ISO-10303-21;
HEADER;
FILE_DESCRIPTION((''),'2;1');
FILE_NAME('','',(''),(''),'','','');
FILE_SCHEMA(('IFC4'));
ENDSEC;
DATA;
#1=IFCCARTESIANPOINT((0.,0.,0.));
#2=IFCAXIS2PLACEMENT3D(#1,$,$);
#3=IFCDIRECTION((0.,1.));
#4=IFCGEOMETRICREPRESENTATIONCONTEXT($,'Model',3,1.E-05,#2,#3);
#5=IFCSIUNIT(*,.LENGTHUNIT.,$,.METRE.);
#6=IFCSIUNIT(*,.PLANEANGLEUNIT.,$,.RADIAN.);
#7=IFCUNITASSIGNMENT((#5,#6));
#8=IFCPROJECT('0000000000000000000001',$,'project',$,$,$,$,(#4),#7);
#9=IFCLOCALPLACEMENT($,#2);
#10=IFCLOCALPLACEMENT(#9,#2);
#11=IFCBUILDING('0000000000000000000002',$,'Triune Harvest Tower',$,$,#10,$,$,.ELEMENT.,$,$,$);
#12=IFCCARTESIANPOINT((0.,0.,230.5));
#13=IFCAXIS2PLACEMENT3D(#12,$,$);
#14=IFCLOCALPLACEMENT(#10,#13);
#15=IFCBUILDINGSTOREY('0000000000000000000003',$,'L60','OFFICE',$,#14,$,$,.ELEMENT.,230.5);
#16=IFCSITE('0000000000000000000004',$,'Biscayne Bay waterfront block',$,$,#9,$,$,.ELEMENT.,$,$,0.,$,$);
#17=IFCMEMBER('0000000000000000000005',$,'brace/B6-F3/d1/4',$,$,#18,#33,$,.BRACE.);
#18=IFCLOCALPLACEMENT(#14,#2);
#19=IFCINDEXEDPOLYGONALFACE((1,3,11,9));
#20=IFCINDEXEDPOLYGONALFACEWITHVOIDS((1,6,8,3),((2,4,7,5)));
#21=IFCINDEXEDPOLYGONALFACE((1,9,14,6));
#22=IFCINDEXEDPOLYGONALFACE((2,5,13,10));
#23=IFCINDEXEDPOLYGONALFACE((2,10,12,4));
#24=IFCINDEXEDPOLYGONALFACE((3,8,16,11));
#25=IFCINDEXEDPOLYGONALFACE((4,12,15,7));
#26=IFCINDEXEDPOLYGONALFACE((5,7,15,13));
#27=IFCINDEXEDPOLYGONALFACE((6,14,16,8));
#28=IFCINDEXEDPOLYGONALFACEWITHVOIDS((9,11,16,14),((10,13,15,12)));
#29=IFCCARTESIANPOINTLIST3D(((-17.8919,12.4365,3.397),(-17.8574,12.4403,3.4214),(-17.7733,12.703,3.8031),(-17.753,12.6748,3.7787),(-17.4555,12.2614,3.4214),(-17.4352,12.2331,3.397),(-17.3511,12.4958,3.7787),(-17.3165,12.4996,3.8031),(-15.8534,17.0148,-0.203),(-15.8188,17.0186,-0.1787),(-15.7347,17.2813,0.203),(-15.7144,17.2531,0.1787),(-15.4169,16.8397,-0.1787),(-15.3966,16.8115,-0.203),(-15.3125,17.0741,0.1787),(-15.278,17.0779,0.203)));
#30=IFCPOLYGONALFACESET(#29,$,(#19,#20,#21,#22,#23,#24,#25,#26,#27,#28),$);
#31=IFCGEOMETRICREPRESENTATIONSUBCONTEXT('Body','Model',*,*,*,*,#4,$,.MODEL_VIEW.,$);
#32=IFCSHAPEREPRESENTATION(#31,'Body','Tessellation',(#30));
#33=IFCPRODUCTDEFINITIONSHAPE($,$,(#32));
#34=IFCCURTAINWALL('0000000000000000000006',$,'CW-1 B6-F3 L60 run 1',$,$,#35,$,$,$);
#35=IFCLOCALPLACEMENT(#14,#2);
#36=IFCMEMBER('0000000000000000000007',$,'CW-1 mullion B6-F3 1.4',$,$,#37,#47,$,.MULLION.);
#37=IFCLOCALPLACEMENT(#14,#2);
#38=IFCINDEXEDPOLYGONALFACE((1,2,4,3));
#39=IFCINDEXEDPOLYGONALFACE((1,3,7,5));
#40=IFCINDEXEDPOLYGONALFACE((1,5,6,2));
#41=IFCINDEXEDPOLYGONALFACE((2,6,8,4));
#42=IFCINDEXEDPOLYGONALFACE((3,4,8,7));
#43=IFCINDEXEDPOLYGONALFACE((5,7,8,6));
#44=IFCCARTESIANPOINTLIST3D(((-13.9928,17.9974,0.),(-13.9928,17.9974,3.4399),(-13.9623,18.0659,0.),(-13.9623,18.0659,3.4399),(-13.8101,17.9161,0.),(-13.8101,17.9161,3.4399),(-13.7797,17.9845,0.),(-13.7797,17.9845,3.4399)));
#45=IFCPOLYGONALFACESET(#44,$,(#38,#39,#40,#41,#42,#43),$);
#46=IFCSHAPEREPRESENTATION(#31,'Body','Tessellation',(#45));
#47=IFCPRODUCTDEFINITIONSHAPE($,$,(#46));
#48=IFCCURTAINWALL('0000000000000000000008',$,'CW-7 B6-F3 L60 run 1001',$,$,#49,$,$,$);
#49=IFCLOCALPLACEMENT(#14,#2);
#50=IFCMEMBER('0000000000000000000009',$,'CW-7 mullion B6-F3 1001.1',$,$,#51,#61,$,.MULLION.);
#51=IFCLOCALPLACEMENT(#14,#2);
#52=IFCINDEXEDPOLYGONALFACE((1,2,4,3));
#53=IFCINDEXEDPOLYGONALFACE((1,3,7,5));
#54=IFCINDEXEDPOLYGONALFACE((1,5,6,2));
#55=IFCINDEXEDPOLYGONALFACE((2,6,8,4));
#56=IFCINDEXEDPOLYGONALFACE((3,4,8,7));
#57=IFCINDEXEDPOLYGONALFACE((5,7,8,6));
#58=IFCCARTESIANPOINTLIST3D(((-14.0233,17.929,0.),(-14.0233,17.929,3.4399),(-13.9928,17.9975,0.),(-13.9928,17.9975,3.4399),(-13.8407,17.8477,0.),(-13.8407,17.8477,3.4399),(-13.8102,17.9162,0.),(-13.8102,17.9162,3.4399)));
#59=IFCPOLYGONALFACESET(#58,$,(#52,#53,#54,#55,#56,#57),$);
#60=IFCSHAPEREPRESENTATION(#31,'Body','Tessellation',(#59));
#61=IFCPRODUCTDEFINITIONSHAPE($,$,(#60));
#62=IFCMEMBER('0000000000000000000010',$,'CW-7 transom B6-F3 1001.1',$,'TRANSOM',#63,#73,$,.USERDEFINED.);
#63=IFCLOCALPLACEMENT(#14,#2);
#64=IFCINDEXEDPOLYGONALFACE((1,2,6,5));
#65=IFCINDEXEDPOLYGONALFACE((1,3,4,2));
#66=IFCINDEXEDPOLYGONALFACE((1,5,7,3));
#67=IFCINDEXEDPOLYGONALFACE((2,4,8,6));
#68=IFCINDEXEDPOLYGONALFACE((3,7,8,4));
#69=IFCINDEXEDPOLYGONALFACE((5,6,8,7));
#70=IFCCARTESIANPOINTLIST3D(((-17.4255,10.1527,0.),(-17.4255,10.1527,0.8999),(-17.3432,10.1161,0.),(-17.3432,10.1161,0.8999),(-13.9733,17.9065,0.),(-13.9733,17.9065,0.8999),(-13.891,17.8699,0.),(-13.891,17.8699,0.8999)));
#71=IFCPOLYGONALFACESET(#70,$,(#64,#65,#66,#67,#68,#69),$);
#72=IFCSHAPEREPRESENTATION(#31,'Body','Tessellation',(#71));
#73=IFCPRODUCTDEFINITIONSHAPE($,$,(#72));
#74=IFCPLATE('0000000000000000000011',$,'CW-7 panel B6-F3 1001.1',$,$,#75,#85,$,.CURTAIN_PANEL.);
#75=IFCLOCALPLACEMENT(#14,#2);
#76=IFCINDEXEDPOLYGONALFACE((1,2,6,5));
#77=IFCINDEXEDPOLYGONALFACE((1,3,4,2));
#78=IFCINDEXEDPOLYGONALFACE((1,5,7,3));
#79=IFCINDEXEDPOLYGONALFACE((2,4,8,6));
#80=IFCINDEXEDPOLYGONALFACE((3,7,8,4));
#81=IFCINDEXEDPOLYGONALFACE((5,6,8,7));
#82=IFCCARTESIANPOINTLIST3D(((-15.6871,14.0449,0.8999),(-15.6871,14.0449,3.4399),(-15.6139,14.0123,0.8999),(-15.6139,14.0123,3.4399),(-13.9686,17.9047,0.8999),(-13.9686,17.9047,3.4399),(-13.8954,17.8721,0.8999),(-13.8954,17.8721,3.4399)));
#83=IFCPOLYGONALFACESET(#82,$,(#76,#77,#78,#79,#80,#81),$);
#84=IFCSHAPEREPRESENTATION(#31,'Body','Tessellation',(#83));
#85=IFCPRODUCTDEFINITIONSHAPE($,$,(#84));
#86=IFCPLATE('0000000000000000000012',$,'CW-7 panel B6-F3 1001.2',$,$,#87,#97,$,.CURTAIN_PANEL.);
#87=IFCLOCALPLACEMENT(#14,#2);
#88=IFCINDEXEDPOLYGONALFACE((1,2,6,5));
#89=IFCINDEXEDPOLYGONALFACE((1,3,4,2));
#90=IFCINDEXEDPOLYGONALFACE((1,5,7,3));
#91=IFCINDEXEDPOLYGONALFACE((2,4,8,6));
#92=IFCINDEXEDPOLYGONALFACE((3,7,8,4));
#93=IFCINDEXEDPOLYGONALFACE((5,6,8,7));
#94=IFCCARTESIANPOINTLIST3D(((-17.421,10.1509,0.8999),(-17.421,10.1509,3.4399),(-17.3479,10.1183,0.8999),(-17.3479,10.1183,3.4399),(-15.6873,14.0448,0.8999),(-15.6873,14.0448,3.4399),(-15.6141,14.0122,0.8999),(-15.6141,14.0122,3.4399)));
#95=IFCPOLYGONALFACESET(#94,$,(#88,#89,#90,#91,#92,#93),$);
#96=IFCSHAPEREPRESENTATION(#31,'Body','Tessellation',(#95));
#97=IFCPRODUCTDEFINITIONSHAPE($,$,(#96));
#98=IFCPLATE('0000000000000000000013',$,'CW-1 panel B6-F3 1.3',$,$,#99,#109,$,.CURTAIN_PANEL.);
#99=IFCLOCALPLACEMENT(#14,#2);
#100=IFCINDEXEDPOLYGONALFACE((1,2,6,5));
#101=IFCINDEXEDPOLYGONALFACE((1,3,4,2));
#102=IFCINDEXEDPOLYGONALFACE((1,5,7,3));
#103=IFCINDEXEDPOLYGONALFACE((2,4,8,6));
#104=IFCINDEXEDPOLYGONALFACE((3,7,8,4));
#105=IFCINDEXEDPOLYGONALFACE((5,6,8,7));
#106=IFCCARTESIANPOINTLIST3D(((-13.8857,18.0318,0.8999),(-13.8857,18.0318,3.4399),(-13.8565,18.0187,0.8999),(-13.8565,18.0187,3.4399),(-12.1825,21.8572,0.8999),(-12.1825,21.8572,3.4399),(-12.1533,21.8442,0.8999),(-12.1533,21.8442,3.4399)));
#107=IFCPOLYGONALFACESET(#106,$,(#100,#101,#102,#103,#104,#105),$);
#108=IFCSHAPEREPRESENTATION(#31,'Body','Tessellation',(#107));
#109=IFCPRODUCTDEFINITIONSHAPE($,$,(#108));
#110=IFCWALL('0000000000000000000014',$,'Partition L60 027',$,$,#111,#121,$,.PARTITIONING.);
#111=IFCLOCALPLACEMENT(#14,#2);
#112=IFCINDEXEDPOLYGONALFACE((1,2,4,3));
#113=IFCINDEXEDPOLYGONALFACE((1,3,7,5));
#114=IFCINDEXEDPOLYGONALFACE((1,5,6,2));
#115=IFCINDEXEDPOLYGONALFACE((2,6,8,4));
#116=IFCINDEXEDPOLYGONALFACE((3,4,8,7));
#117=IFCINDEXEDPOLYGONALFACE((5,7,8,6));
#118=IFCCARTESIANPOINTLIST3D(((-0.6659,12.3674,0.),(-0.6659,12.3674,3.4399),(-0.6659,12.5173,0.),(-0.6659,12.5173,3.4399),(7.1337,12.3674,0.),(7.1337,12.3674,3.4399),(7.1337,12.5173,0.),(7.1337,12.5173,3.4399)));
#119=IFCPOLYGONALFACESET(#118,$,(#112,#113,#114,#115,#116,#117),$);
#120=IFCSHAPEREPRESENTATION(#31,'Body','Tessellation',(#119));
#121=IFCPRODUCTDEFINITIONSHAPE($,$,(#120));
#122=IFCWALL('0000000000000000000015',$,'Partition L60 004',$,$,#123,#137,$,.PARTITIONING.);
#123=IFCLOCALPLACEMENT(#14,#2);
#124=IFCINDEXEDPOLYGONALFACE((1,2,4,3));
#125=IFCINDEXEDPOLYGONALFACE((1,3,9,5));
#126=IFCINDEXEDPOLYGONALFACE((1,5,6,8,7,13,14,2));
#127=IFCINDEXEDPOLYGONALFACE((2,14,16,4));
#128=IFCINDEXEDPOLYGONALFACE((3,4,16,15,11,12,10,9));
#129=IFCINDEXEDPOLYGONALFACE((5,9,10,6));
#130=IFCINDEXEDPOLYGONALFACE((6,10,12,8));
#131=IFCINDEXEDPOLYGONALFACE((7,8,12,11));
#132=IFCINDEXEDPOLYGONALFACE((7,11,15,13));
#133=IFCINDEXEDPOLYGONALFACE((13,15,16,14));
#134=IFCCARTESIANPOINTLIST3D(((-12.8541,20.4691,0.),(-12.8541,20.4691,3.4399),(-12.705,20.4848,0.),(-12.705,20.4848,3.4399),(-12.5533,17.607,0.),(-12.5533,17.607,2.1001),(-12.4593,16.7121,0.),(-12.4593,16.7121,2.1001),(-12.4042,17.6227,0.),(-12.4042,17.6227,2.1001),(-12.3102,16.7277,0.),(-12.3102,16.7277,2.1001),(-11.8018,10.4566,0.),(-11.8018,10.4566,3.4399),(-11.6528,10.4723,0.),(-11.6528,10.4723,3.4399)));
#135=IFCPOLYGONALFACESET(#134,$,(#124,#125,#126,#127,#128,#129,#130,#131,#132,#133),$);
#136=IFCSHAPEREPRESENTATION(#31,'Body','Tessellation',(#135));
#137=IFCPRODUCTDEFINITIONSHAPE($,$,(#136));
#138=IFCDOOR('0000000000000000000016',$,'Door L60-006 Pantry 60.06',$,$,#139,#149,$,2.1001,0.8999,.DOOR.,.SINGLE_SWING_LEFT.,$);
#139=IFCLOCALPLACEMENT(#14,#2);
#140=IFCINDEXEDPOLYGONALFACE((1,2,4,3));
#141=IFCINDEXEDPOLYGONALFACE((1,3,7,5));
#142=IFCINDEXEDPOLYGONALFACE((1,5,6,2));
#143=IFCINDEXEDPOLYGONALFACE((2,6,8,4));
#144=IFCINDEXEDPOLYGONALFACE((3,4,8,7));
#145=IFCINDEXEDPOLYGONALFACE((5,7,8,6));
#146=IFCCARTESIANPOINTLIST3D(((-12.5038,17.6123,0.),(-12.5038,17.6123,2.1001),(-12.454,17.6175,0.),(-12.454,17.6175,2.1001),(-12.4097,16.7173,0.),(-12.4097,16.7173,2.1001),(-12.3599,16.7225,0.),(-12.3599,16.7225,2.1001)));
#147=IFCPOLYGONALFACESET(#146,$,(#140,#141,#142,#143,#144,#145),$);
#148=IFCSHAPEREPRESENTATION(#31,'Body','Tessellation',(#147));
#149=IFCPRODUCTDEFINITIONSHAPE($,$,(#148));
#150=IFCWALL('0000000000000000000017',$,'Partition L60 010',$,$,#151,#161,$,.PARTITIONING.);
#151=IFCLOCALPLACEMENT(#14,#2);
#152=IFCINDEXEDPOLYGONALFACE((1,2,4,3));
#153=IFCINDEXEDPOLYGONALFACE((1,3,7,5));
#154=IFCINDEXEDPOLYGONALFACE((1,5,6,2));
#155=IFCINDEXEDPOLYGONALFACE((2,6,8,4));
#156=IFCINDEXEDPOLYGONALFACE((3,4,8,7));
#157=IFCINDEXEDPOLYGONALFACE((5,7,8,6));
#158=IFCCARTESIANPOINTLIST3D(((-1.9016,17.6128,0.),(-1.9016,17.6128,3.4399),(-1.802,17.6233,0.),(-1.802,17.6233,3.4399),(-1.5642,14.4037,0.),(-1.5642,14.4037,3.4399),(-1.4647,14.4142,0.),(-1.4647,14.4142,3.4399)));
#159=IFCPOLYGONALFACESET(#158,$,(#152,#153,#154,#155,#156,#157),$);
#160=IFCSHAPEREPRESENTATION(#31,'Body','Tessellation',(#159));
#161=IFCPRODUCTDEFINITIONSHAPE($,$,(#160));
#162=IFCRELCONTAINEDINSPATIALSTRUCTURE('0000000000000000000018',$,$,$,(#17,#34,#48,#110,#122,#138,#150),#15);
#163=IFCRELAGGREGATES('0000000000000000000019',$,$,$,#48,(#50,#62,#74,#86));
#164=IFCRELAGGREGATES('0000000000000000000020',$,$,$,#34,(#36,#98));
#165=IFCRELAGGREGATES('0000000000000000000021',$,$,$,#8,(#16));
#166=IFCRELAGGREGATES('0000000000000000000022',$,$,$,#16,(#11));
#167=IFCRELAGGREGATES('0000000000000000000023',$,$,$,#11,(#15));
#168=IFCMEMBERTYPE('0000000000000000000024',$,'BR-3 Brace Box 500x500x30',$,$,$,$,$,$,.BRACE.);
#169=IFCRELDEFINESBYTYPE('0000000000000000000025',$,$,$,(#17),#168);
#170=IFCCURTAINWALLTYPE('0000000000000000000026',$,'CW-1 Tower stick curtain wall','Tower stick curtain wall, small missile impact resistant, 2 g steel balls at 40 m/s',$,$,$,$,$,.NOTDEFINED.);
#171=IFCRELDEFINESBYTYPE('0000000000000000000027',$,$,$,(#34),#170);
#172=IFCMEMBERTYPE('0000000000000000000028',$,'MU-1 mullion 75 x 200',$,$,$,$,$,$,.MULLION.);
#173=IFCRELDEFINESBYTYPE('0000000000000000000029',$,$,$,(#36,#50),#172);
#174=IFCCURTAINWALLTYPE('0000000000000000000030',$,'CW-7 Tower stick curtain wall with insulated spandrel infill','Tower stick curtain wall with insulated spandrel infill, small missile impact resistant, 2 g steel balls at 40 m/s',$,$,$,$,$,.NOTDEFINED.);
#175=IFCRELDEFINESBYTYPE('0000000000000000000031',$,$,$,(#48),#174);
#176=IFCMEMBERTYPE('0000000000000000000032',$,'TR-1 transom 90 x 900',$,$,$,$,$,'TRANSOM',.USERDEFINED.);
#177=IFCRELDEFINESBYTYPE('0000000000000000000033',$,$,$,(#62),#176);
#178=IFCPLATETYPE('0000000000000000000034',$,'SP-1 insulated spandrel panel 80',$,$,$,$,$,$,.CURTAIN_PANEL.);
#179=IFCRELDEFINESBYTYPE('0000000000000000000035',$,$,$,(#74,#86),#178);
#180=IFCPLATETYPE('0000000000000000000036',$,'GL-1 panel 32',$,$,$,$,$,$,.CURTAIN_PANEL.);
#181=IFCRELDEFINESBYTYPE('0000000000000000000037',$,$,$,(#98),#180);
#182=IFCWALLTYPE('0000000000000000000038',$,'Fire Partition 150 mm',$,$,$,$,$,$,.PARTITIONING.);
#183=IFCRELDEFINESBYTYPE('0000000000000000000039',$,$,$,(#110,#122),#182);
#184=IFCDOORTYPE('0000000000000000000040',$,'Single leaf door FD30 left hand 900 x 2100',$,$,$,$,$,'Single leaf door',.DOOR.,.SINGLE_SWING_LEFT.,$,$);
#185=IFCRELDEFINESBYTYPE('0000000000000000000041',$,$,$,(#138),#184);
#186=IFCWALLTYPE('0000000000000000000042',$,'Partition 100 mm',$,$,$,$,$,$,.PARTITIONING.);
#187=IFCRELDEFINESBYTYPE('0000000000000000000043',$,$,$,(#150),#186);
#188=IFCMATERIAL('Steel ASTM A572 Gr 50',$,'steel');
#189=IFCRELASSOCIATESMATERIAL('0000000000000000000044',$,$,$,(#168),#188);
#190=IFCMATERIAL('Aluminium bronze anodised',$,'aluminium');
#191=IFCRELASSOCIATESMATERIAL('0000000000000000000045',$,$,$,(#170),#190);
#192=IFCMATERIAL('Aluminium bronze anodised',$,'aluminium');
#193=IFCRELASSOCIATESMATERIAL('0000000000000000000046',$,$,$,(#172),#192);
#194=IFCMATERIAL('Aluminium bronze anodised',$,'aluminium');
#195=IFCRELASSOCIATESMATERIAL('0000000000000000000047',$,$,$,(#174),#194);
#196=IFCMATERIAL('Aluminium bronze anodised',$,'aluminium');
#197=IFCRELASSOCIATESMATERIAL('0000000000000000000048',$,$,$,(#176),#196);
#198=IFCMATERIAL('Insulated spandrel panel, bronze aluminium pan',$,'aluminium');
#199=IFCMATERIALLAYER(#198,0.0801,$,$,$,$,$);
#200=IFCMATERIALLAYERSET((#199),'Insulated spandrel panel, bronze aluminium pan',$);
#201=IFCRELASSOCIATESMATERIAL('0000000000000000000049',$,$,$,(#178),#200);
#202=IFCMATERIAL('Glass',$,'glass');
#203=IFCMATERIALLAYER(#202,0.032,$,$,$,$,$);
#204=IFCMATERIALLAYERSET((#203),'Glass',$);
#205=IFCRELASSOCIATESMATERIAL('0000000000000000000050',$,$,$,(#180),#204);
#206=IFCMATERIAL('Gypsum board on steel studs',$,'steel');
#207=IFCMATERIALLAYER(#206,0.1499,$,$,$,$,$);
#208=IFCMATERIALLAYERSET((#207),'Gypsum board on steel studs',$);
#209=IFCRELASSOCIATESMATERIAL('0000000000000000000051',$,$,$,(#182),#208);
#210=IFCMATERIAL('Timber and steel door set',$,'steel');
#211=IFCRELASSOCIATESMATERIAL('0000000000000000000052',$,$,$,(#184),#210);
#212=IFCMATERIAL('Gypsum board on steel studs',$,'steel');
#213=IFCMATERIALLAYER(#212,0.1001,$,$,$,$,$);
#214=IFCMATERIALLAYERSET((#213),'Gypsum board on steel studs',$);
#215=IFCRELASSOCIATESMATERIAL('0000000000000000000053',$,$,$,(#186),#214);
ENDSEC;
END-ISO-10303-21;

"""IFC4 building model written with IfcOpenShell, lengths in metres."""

from ifc_helpers import new_model, si_unit, direction, frame, frame_2d, origin, origin_2d, place, context, subcontext, project, spatial, rectangle, hollow_rectangle, extrude, source, transform, mapped, material, layer, layer_set, material_profile, profile_set, type_object, element, fill, aggregate, save


model = new_model("IFC4")

# Units and contexts
model_context = context("Model", 3, precision=1e-05, world=origin(), true_north=direction((0.0, 1.0)))
body_context = subcontext(model_context, "Body", "Model", "MODEL_VIEW")
ifc_project = project(units=[si_unit("LENGTHUNIT", "METRE"), si_unit("PLANEANGLEUNIT", "RADIAN")], contexts=[model_context])

# Site, building, storey
site_placement = place(None, origin())
site = spatial("IfcSite", under=ifc_project, at=site_placement, Name="Biscayne Bay waterfront block", CompositionType="ELEMENT", RefElevation=0.0)
building_placement = place(site_placement, origin())
building = spatial("IfcBuilding", under=site, at=building_placement, Name="Triune Harvest Tower", CompositionType="ELEMENT")
storey_placement = place(building_placement, frame((0.0, 0.0, 230.5)))
storey = spatial("IfcBuildingStorey", under=building, at=storey_placement, Name="L60", Description="OFFICE", CompositionType="ELEMENT", Elevation=230.5)

# Member
ifc_material_1 = material(Name="Steel ASTM A572 Gr 50", Category="steel")
ifc_material_profile_1 = material_profile(ifc_material_1, hollow_rectangle(XDim=0.5, YDim=0.5, WallThickness=0.03, at=origin_2d()), Name="Box 500x500x30")
ifc_profile_set_1 = profile_set([ifc_material_profile_1], Name="Steel ASTM A572 Gr 50")
member_type_1 = type_object("IfcMemberType", Name="BR-3 Brace Box 500x500x30", PredefinedType="BRACE", material=ifc_profile_set_1)
shared_shape_1 = source(origin(), body_context, "Body", "SweptSolid", [
    extrude(hollow_rectangle(XDim=0.5, YDim=0.5, WallThickness=0.03, at=origin_2d()), origin(), (0.0, 0.0, 1.0), 6.1707),
])
member_1_placement = place(storey_placement, frame((-15.5657, 17.0464, 0.0), z_axis=(-0.330362, -0.741949, 0.583415), x_axis=(0.913534, -0.406762, 0.0)))
element("IfcMember", 1, at=member_1_placement, inside=storey, type_object=member_type_1, Name="brace/B6-F3/d1/4", PredefinedType="BRACE", context=body_context, shape_type="MappedRepresentation", body=[
    mapped(shared_shape_1, transform((0.0, 0.0, 0.0), scale=1.0)),
])

# Curtain wall, member
ifc_material_2 = material(Name="Aluminium bronze anodised", Category="aluminium")
curtain_wall_type_1 = type_object("IfcCurtainWallType", Name="CW-1 Tower stick curtain wall", Description="Tower stick curtain wall, small missile impact resistant, 2 g steel balls at 40 m/s", PredefinedType="NOTDEFINED", material=ifc_material_2)
curtain_wall_1_placement = place(storey_placement, origin())
curtain_wall_1 = element("IfcCurtainWall", 2, at=curtain_wall_1_placement, inside=storey, type_object=curtain_wall_type_1, Name="CW-1 B6-F3 L60 run 1")
ifc_material_3 = material(Name="Aluminium bronze anodised", Category="aluminium")
ifc_material_profile_2 = material_profile(ifc_material_3, rectangle(XDim=0.2, YDim=0.075, at=origin_2d()), Name="MU-1 mullion 75 x 200")
ifc_profile_set_2 = profile_set([ifc_material_profile_2], Name="Aluminium bronze anodised")
member_type_2 = type_object("IfcMemberType", Name="MU-1 mullion 75 x 200", PredefinedType="MULLION", material=ifc_profile_set_2)
shared_shape_2 = source(origin(), body_context, "Body", "SweptSolid", [
    extrude(rectangle(XDim=0.2, YDim=0.075, at=origin_2d()), origin(), (0.0, 0.0, 1.0), 3.4399),
])
member_2_placement = place(storey_placement, frame((-13.8862, 17.991, 0.0), z_axis=(0.0, 0.0, 1.0), x_axis=(0.913546, -0.406735, 0.0)))
member_2 = element("IfcMember", 3, at=member_2_placement, type_object=member_type_2, Name="CW-1 mullion B6-F3 1.4", PredefinedType="MULLION", context=body_context, shape_type="MappedRepresentation", body=[
    mapped(shared_shape_2, transform((0.0, 0.0, 0.0), scale=1.0)),
])

# Curtain wall, members, plates
ifc_material_4 = material(Name="Aluminium bronze anodised", Category="aluminium")
curtain_wall_type_2 = type_object("IfcCurtainWallType", Name="CW-7 Tower stick curtain wall with insulated spandrel infill", Description="Tower stick curtain wall with insulated spandrel infill, small missile impact resistant, 2 g steel balls at 40 m/s", PredefinedType="NOTDEFINED", material=ifc_material_4)
curtain_wall_2_placement = place(storey_placement, origin())
curtain_wall_2 = element("IfcCurtainWall", 4, at=curtain_wall_2_placement, inside=storey, type_object=curtain_wall_type_2, Name="CW-7 B6-F3 L60 run 1001")
member_3_placement = place(storey_placement, frame((-13.9167, 17.9226, 0.0), z_axis=(0.0, 0.0, 1.0), x_axis=(0.913543, -0.406742, 0.0)))
member_3 = element("IfcMember", 5, at=member_3_placement, type_object=member_type_2, Name="CW-7 mullion B6-F3 1001.1", PredefinedType="MULLION", context=body_context, shape_type="MappedRepresentation", body=[
    mapped(shared_shape_2, transform((0.0, 0.0, 0.0), scale=1.0)),
])
ifc_material_5 = material(Name="Aluminium bronze anodised", Category="aluminium")
ifc_material_profile_3 = material_profile(ifc_material_5, rectangle(XDim=0.0901, YDim=0.8999, at=origin_2d()), Name="TR-1 transom 90 x 900")
ifc_profile_set_3 = profile_set([ifc_material_profile_3], Name="Aluminium bronze anodised")
member_type_3 = type_object("IfcMemberType", Name="TR-1 transom 90 x 900", ElementType="TRANSOM", PredefinedType="USERDEFINED", material=ifc_profile_set_3)
shared_shape_3 = source(origin(), body_context, "Body", "SweptSolid", [
    extrude(rectangle(XDim=0.0901, YDim=0.8999, at=origin_2d()), origin(), (0.0, 0.0, 1.0), 8.4875),
])
member_4_placement = place(storey_placement, frame((-13.9321, 17.8882, 0.45), z_axis=(-0.406736, -0.913546, 0.0), x_axis=(0.913546, -0.406736, 0.0)))
member_4 = element("IfcMember", 6, at=member_4_placement, type_object=member_type_3, Name="CW-7 transom B6-F3 1001.1", ObjectType="TRANSOM", PredefinedType="USERDEFINED", context=body_context, shape_type="MappedRepresentation", body=[
    mapped(shared_shape_3, transform((0.0, 0.0, 0.0), scale=1.0)),
])
ifc_material_6 = material(Name="Insulated spandrel panel, bronze aluminium pan", Category="aluminium")
ifc_layer_1 = layer(ifc_material_6, 0.0801)
ifc_layer_set_1 = layer_set([ifc_layer_1], Name="Insulated spandrel panel, bronze aluminium pan")
plate_type_1 = type_object("IfcPlateType", Name="SP-1 insulated spandrel panel 80", PredefinedType="CURTAIN_PANEL", material=ifc_layer_set_1)
shared_shape_4 = source(origin(), body_context, "Body", "SweptSolid", [
    extrude(rectangle(XDim=4.2251, YDim=0.0801, at=origin_2d()), origin(), (0.0, 0.0, 1.0), 2.54),
])
plate_1_placement = place(storey_placement, frame((-14.7913, 15.9585, 0.8999), z_axis=(0.0, 0.0, 1.0), x_axis=(-0.406742, -0.913543, 0.0)))
plate_1 = element("IfcPlate", 7, at=plate_1_placement, type_object=plate_type_1, Name="CW-7 panel B6-F3 1001.1", PredefinedType="CURTAIN_PANEL", context=body_context, shape_type="MappedRepresentation", body=[
    mapped(shared_shape_4, transform((0.0, 0.0, 0.0), scale=1.0)),
])
shared_shape_5 = source(origin(), body_context, "Body", "SweptSolid", [
    extrude(rectangle(XDim=4.2625, YDim=0.0801, at=origin_2d()), origin(), (0.0, 0.0, 1.0), 2.54),
])
plate_2_placement = place(storey_placement, frame((-16.5176, 12.0815, 0.8999), z_axis=(0.0, 0.0, 1.0), x_axis=(-0.406742, -0.913543, 0.0)))
plate_2 = element("IfcPlate", 8, at=plate_2_placement, type_object=plate_type_1, Name="CW-7 panel B6-F3 1001.2", PredefinedType="CURTAIN_PANEL", context=body_context, shape_type="MappedRepresentation", body=[
    mapped(shared_shape_5, transform((0.0, 0.0, 0.0), scale=1.0)),
])
aggregate(curtain_wall_2, [member_3, member_4, plate_1, plate_2])

# Plate
ifc_material_7 = material(Name="Glass", Category="glass")
ifc_layer_2 = layer(ifc_material_7, 0.032)
ifc_layer_set_2 = layer_set([ifc_layer_2], Name="Glass")
plate_type_2 = type_object("IfcPlateType", Name="GL-1 panel 32", PredefinedType="CURTAIN_PANEL", material=ifc_layer_set_2)
shared_shape_6 = source(origin(), body_context, "Body", "SweptSolid", [
    extrude(rectangle(XDim=4.1875, YDim=0.032, at=origin_2d()), origin(), (0.0, 0.0, 1.0), 2.54),
])
plate_3_placement = place(storey_placement, frame((-13.0195, 19.938, 0.8999), z_axis=(0.0, 0.0, 1.0), x_axis=(-0.406735, -0.913546, 0.0)))
plate_3 = element("IfcPlate", 9, at=plate_3_placement, type_object=plate_type_2, Name="CW-1 panel B6-F3 1.3", PredefinedType="CURTAIN_PANEL", context=body_context, shape_type="MappedRepresentation", body=[
    mapped(shared_shape_6, transform((0.0, 0.0, 0.0), scale=1.0)),
])
aggregate(curtain_wall_1, [member_2, plate_3])

# Wall
ifc_material_8 = material(Name="Gypsum board on steel studs", Category="steel")
ifc_layer_3 = layer(ifc_material_8, 0.1499)
ifc_layer_set_3 = layer_set([ifc_layer_3], Name="Gypsum board on steel studs")
wall_type_1 = type_object("IfcWallType", Name="Fire Partition 150 mm", PredefinedType="PARTITIONING", material=ifc_layer_set_3)
wall_1_placement = place(storey_placement, frame((-0.666, 12.4424, 0.0), z_axis=(0.0, 0.0, 1.0), x_axis=(1.0, 0.0, 0.0)))
element("IfcWall", 10, at=wall_1_placement, inside=storey, type_object=wall_type_1, Name="Partition L60 027", PredefinedType="PARTITIONING", context=body_context, shape_type="SweptSolid", body=[
    extrude(rectangle(XDim=7.7996, YDim=0.1499, at=frame_2d((3.8999, 0.0))), origin(), (0.0, 0.0, 1.0), 3.4399),
])

# Wall, opening, door
shared_shape_7 = source(origin(), body_context, "Body", "SweptSolid", [
    extrude(rectangle(XDim=10.0676, YDim=0.1499, at=frame_2d((5.0337, 0.0))), origin(), (0.0, 0.0, 1.0), 3.4399),
])
wall_2_placement = place(storey_placement, frame((-12.7795, 20.4768, 0.0), z_axis=(0.0, 0.0, 1.0), x_axis=(0.104518, -0.994523, 0.0)))
wall_2 = element("IfcWall", 11, at=wall_2_placement, inside=storey, type_object=wall_type_1, Name="Partition L60 004", PredefinedType="PARTITIONING", context=body_context, shape_type="MappedRepresentation", body=[
    mapped(shared_shape_7, transform((0.0, 0.0, 0.0), scale=1.0)),
])
opening_1_placement = place(wall_2_placement, frame((2.8777, 0.0, 0.0)))
opening_1 = element("IfcOpeningElement", 12, at=opening_1_placement, cuts=wall_2, PredefinedType="OPENING", context=body_context, shape_type="SweptSolid", body=[
    extrude(rectangle(XDim=0.8999, YDim=2.1001, at=frame_2d((0.45, 1.05))), frame((0.0, 0.085, 0.0), z_axis=(0.0, -1.0, 0.0), x_axis=(1.0, 0.0, 0.0)), (0.0, 0.0, 1.0), 0.1699),
])
ifc_material_9 = material(Name="Timber and steel door set", Category="steel")
door_type_1 = type_object("IfcDoorType", Name="Single leaf door FD30 left hand 900 x 2100", ElementType="Single leaf door", OperationType="SINGLE_SWING_LEFT", PredefinedType="DOOR", material=ifc_material_9)
door_1_placement = place(opening_1_placement, origin())
door_1 = element("IfcDoor", 13, at=door_1_placement, inside=storey, type_object=door_type_1, Name="Door L60-006 Pantry 60.06", OperationType="SINGLE_SWING_LEFT", OverallHeight=2.1001, OverallWidth=0.8999, PredefinedType="DOOR", context=body_context, shape_type="SweptSolid", body=[
    extrude(rectangle(XDim=0.8999, YDim=2.1001, at=frame_2d((0.45, 1.05))), frame((0.0, 0.0249, 0.0), z_axis=(0.0, -1.0, 0.0), x_axis=(1.0, 0.0, 0.0)), (0.0, 0.0, 1.0), 0.05),
])
fill(opening_1, door_1)

# Wall
ifc_material_10 = material(Name="Gypsum board on steel studs", Category="steel")
ifc_layer_4 = layer(ifc_material_10, 0.1001)
ifc_layer_set_4 = layer_set([ifc_layer_4], Name="Gypsum board on steel studs")
wall_type_2 = type_object("IfcWallType", Name="Partition 100 mm", PredefinedType="PARTITIONING", material=ifc_layer_set_4)
shared_shape_8 = source(origin(), body_context, "Body", "SweptSolid", [
    extrude(rectangle(XDim=3.2268, YDim=0.1001, at=frame_2d((1.6133, 0.0))), origin(), (0.0, 0.0, 1.0), 3.4399),
])
wall_3_placement = place(storey_placement, frame((-1.8518, 17.6179, 0.0), z_axis=(0.0, 0.0, 1.0), x_axis=(0.104559, -0.994519, 0.0)))
element("IfcWall", 14, at=wall_3_placement, inside=storey, type_object=wall_type_2, Name="Partition L60 010", PredefinedType="PARTITIONING", context=body_context, shape_type="MappedRepresentation", body=[
    mapped(shared_shape_8, transform((0.0, 0.0, 0.0), scale=1.0)),
])

save(model, "model.ifc")
